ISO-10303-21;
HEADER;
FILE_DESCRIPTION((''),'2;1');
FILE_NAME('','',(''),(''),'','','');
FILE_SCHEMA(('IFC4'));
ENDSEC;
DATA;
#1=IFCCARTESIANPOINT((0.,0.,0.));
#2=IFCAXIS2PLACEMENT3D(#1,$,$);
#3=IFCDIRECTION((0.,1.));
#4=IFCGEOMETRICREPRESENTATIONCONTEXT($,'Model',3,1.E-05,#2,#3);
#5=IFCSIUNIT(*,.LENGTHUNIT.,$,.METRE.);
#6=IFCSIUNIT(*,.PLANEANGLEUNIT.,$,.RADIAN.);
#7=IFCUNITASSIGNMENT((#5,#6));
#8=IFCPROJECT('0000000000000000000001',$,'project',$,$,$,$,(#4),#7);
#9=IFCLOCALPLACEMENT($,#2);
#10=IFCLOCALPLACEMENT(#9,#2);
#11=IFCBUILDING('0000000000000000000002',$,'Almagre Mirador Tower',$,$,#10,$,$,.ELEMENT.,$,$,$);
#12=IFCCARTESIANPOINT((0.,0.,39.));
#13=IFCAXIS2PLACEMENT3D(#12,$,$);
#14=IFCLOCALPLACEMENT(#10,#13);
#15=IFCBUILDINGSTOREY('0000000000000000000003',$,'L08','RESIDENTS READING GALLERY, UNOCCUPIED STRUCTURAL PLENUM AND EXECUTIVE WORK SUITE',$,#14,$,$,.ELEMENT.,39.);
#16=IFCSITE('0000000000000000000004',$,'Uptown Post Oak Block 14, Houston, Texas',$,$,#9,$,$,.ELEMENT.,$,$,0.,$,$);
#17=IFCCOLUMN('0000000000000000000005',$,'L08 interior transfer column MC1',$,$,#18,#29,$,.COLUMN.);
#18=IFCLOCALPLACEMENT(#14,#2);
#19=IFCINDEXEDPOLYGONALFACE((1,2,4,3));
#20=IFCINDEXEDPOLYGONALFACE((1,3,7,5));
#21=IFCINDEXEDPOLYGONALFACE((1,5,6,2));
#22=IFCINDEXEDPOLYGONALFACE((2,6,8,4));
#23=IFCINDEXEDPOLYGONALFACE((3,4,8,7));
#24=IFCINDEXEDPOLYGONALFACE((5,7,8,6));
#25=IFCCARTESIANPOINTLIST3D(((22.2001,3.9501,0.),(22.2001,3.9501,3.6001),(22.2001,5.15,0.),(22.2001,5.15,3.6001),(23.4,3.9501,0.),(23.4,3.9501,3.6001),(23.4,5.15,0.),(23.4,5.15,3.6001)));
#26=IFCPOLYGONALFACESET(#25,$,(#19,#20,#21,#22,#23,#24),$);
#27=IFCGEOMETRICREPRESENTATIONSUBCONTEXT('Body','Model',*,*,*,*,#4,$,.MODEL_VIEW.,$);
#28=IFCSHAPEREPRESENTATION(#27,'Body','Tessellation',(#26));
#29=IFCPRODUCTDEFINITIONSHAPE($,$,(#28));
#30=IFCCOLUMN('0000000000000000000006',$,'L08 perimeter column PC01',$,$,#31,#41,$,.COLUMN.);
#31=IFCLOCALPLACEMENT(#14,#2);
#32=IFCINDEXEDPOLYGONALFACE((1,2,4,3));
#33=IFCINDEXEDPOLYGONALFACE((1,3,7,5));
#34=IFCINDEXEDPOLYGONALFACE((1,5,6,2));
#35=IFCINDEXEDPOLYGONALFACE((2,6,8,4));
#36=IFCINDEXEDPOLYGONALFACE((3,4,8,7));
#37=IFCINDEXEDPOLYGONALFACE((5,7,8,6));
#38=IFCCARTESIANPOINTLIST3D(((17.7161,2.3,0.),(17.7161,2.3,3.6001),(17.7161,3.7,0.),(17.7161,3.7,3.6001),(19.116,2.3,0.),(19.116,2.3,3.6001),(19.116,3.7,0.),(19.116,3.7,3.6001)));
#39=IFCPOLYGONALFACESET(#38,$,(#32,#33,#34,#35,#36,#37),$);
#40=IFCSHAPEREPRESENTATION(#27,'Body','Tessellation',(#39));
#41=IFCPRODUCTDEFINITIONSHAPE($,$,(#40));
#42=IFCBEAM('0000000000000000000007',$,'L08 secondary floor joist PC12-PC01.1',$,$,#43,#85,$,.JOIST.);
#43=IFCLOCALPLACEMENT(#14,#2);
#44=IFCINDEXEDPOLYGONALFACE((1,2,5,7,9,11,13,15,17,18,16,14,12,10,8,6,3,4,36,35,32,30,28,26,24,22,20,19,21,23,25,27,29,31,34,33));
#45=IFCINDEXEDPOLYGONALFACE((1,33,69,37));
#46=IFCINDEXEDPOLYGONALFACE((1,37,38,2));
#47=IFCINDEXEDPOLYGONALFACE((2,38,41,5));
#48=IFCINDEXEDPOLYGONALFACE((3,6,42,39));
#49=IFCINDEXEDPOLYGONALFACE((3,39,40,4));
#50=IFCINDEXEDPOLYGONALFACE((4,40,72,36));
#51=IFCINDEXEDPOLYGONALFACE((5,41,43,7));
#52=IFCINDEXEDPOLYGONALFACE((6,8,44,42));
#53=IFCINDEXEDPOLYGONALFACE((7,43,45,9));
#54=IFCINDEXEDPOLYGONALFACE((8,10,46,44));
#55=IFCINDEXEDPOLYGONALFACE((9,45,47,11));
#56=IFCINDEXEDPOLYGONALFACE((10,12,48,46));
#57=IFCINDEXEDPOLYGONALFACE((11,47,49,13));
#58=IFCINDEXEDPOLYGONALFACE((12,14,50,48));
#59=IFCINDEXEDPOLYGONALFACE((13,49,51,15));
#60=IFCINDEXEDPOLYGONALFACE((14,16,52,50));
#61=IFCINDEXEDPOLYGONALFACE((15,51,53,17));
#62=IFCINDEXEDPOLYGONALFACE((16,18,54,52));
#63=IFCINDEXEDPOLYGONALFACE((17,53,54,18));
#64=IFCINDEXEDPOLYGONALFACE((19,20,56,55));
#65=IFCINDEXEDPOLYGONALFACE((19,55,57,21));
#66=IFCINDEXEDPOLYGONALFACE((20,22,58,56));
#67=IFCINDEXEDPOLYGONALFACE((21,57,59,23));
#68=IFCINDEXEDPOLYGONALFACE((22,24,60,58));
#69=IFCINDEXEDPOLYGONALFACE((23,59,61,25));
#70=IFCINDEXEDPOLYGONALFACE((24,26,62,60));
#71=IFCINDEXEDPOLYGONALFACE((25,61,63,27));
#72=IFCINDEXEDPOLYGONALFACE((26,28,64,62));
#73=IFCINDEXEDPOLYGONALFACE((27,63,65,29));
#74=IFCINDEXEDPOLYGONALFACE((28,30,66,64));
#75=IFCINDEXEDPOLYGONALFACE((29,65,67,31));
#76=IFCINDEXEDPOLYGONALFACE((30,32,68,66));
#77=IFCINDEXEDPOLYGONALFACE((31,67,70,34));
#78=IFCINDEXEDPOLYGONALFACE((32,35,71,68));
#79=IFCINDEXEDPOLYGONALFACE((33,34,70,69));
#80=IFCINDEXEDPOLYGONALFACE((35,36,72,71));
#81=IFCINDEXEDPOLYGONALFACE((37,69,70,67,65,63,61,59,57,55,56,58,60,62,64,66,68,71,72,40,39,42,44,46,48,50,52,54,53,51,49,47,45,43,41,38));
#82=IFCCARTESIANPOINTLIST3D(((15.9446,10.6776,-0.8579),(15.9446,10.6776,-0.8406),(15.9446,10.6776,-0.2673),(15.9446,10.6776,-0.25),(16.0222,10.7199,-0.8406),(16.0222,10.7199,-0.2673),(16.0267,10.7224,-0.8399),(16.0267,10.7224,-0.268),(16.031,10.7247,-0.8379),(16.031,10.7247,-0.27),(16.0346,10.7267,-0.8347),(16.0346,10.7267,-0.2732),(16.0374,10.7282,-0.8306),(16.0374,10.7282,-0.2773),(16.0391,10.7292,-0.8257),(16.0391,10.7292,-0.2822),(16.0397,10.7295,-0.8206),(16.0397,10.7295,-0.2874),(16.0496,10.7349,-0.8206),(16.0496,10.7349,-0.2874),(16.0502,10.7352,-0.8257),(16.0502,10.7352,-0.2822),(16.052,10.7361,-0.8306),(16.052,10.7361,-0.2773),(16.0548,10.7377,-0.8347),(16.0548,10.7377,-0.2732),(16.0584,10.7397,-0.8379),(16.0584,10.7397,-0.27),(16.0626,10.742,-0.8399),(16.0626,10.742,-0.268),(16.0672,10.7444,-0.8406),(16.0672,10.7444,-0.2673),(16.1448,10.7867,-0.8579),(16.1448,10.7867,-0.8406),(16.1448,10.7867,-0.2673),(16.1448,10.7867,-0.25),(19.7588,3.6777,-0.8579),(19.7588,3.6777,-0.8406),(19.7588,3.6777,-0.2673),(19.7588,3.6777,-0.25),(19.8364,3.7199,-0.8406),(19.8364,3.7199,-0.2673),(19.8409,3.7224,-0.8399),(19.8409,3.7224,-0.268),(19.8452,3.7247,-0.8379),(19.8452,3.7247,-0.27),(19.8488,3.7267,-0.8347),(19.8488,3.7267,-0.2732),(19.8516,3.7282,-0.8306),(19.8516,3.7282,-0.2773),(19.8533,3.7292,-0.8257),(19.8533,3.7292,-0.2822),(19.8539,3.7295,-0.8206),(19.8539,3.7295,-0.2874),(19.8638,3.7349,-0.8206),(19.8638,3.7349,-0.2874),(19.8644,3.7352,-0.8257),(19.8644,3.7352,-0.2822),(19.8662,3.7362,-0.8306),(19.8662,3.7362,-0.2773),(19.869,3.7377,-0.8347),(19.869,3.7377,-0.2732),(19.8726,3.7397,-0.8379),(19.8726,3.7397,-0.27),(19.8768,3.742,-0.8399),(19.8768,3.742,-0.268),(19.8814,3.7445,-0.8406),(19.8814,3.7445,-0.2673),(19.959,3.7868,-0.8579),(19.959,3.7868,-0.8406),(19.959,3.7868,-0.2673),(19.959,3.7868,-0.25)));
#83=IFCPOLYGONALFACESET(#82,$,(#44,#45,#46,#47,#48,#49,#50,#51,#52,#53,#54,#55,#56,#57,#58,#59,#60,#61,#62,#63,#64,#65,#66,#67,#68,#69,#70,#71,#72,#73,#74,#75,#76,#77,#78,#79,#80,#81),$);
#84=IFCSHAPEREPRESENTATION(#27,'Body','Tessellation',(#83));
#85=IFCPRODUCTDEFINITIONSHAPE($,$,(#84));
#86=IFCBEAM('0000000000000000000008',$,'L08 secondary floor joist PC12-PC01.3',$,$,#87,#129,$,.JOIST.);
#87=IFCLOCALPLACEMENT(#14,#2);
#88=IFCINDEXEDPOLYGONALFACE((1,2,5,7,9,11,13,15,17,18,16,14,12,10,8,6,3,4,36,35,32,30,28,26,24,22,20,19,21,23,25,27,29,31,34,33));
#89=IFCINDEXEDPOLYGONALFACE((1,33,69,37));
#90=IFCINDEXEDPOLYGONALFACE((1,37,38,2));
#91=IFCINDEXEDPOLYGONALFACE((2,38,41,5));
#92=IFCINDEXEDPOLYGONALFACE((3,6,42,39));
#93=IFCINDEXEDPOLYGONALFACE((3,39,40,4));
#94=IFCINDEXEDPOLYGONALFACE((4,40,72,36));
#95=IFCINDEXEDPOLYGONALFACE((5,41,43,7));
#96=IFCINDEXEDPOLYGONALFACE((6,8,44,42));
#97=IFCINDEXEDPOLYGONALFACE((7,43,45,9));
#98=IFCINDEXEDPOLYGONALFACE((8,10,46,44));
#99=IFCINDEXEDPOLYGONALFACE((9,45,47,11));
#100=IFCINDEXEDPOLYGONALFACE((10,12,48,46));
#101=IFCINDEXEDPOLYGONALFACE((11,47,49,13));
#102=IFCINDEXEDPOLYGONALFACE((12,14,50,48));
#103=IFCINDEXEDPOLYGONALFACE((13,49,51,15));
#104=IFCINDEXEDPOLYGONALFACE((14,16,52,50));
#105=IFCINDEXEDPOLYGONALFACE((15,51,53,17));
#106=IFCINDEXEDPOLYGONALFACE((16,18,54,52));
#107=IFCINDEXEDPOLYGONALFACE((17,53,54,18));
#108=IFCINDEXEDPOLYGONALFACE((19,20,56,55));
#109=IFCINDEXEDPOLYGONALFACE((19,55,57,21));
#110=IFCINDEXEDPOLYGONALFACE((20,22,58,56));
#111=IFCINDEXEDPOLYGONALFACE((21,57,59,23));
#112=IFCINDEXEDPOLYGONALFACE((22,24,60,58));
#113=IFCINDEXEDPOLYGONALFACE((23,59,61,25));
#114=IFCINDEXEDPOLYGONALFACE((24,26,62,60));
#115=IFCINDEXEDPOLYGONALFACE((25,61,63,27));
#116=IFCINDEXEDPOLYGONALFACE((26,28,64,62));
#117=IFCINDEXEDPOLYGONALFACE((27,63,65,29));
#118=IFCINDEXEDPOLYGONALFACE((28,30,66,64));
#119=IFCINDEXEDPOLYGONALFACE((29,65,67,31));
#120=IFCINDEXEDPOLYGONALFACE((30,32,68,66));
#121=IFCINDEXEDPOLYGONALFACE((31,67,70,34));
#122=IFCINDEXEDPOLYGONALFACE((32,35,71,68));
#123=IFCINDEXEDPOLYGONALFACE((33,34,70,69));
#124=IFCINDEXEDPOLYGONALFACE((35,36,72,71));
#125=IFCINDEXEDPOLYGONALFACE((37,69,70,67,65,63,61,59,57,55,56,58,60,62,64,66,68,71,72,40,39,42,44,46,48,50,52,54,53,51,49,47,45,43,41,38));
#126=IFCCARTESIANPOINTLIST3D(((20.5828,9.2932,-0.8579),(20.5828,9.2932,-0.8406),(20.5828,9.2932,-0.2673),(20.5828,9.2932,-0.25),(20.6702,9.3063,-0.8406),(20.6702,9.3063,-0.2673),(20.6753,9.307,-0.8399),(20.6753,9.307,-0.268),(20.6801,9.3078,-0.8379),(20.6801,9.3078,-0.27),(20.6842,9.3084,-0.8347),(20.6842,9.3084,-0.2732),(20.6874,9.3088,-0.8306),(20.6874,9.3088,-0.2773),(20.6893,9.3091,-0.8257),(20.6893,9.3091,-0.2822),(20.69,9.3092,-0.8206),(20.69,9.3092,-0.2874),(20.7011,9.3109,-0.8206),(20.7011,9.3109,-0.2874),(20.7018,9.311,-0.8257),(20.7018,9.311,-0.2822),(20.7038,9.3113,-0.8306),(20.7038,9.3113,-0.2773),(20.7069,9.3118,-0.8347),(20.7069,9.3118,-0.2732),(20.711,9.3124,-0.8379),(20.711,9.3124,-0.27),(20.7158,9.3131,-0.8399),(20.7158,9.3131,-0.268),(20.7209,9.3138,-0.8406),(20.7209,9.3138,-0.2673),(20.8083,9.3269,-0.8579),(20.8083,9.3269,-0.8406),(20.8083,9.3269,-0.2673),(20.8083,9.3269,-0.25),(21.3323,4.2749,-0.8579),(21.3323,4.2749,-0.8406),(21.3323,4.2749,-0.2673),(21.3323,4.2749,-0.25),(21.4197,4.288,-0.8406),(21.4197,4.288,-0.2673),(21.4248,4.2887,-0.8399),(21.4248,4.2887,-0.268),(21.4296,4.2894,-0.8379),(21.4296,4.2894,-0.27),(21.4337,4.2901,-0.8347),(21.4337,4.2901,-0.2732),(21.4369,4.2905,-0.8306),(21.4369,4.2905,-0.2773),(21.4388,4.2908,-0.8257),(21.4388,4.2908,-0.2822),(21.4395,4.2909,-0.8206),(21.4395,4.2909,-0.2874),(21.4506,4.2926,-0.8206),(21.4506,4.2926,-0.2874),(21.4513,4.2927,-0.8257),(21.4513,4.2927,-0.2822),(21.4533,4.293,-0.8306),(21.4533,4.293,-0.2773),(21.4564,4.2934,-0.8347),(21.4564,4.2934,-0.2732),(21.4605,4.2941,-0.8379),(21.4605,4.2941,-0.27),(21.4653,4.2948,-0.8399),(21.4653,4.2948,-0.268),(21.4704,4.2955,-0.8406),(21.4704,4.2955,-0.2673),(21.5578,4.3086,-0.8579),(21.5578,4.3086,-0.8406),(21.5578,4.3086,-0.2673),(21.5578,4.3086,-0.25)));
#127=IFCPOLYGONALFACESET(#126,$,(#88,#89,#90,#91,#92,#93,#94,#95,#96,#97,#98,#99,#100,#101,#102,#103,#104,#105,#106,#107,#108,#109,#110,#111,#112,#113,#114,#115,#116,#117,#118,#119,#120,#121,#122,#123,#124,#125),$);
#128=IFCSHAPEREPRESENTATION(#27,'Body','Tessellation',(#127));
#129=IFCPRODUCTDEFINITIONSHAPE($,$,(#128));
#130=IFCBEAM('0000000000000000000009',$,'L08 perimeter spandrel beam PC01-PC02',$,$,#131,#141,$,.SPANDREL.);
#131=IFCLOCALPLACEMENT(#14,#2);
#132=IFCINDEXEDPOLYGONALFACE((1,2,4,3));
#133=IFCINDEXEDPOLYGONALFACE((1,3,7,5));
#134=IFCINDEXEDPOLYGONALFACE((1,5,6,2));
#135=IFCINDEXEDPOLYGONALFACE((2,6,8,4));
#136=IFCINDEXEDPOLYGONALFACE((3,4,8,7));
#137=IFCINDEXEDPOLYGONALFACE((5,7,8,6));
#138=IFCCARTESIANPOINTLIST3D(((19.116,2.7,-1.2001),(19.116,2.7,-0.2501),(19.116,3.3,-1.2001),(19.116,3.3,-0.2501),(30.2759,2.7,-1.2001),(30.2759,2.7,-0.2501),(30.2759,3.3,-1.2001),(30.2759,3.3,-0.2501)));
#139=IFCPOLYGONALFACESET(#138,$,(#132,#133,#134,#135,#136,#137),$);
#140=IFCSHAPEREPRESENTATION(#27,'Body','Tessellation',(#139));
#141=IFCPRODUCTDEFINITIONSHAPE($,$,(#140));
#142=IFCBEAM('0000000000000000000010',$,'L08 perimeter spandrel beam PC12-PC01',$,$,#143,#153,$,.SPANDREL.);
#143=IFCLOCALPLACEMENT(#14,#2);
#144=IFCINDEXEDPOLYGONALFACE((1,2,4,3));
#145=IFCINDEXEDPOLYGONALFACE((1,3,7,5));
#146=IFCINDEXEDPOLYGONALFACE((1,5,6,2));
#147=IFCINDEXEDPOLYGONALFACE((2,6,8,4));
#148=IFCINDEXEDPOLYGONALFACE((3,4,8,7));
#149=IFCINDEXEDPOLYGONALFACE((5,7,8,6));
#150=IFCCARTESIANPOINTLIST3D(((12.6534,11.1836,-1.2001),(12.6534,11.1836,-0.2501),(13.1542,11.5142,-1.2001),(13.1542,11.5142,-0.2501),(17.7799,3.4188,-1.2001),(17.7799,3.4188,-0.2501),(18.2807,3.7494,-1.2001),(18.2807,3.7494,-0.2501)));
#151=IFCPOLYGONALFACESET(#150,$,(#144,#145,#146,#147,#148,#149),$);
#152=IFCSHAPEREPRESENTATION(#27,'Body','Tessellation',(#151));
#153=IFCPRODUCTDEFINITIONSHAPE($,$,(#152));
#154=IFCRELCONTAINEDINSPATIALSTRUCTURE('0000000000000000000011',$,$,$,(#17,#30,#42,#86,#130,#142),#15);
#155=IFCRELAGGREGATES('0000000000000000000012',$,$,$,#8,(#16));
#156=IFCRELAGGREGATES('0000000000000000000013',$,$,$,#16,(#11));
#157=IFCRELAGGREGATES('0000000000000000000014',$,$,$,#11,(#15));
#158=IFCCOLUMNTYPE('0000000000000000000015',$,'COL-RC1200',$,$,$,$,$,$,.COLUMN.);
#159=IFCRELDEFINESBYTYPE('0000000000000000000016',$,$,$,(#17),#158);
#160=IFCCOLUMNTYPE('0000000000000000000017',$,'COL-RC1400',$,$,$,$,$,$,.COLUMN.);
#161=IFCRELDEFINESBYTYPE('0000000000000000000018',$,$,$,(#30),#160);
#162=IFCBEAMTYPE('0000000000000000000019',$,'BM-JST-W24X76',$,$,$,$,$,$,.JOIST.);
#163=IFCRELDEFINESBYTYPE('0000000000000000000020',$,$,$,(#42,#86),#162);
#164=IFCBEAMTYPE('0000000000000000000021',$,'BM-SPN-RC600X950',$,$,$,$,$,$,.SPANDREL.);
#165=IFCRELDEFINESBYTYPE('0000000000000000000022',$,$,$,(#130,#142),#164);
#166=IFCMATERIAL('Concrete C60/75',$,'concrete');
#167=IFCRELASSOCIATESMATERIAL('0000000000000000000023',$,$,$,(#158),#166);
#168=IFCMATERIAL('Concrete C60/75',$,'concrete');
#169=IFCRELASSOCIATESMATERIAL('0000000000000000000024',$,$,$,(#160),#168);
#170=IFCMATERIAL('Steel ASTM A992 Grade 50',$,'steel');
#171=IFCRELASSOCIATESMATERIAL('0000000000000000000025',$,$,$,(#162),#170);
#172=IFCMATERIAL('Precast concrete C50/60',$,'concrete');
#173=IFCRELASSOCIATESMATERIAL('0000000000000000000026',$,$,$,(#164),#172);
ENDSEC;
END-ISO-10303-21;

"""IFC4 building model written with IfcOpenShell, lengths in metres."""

from ifc_helpers import new_model, si_unit, direction, frame, origin, origin_2d, place, context, subcontext, project, spatial, rectangle, i_section, extrude, material, material_profile, profile_set, type_object, element, save


model = new_model("IFC4")

# Units and contexts
model_context = context("Model", 3, precision=1e-05, world=origin(), true_north=direction((0.0, 1.0)))
body_context = subcontext(model_context, "Body", "Model", "MODEL_VIEW")
ifc_project = project(units=[si_unit("LENGTHUNIT", "METRE"), si_unit("PLANEANGLEUNIT", "RADIAN")], contexts=[model_context])

# Site, building, storey
site_placement = place(None, origin())
site = spatial("IfcSite", under=ifc_project, at=site_placement, Name="Uptown Post Oak Block 14, Houston, Texas", CompositionType="ELEMENT", RefElevation=0.0)
building_placement = place(site_placement, origin())
building = spatial("IfcBuilding", under=site, at=building_placement, Name="Almagre Mirador Tower", CompositionType="ELEMENT")
storey_placement = place(building_placement, frame((0.0, 0.0, 39.0)))
storey = spatial("IfcBuildingStorey", under=building, at=storey_placement, Name="L08", Description="RESIDENTS READING GALLERY, UNOCCUPIED STRUCTURAL PLENUM AND EXECUTIVE WORK SUITE", CompositionType="ELEMENT", Elevation=39.0)

# Columns
ifc_material_1 = material(Name="Concrete C60/75", Category="concrete")
ifc_material_profile_1 = material_profile(ifc_material_1, rectangle(XDim=1.2, YDim=1.2, at=origin_2d()), Name="RC1200X1200")
ifc_profile_set_1 = profile_set([ifc_material_profile_1], Name="Concrete C60/75")
column_type_1 = type_object("IfcColumnType", Name="COL-RC1200", PredefinedType="COLUMN", material=ifc_profile_set_1)
column_1_placement = place(storey_placement, frame((22.8, 4.55, 0.0), z_axis=(0.0, 0.0, 1.0), x_axis=(1.0, 0.0, 0.0)))
element("IfcColumn", 1, at=column_1_placement, inside=storey, type_object=column_type_1, Name="L08 interior transfer column MC1", PredefinedType="COLUMN", context=body_context, shape_type="SweptSolid", body=[
    extrude(rectangle(XDim=1.2, YDim=1.2, at=origin_2d()), origin(), (0.0, 0.0, 1.0), 3.6001),
])
ifc_material_2 = material(Name="Concrete C60/75", Category="concrete")
ifc_material_profile_2 = material_profile(ifc_material_2, rectangle(XDim=1.3999, YDim=1.3999, at=origin_2d()), Name="RC1400X1400")
ifc_profile_set_2 = profile_set([ifc_material_profile_2], Name="Concrete C60/75")
column_type_2 = type_object("IfcColumnType", Name="COL-RC1400", PredefinedType="COLUMN", material=ifc_profile_set_2)
column_2_placement = place(storey_placement, frame((18.416, 3.0, 0.0), z_axis=(0.0, 0.0, 1.0), x_axis=(1.0, 0.0, 0.0)))
element("IfcColumn", 2, at=column_2_placement, inside=storey, type_object=column_type_2, Name="L08 perimeter column PC01", PredefinedType="COLUMN", context=body_context, shape_type="SweptSolid", body=[
    extrude(rectangle(XDim=1.3999, YDim=1.3999, at=origin_2d()), origin(), (0.0, 0.0, 1.0), 3.6001),
])

# Beams
ifc_material_3 = material(Name="Steel ASTM A992 Grade 50", Category="steel")
ifc_material_profile_3 = material_profile(ifc_material_3, i_section(OverallWidth=0.228, OverallDepth=0.6079, WebThickness=0.0112, FlangeThickness=0.0173, FilletRadius=0.02, at=origin_2d()), Name="W24X76")
ifc_profile_set_3 = profile_set([ifc_material_profile_3], Name="Steel ASTM A992 Grade 50")
beam_type_1 = type_object("IfcBeamType", Name="BM-JST-W24X76", PredefinedType="JOIST", material=ifc_profile_set_3)
beam_1_placement = place(storey_placement, frame((16.0447, 10.7322, -0.554), z_axis=(0.478468, -0.878105, 0.0), x_axis=(0.878105, 0.478468, 0.0)))
element("IfcBeam", 3, at=beam_1_placement, inside=storey, type_object=beam_type_1, Name="L08 secondary floor joist PC12-PC01.1", PredefinedType="JOIST", context=body_context, shape_type="SweptSolid", body=[
    extrude(i_section(OverallWidth=0.228, OverallDepth=0.6079, WebThickness=0.0112, FlangeThickness=0.0173, FilletRadius=0.02, at=origin_2d()), origin(), (0.0, 0.0, 1.0), 7.9717),
])
beam_2_placement = place(storey_placement, frame((20.6956, 9.3101, -0.554), z_axis=(0.147717, -0.98903, 0.0), x_axis=(0.98903, 0.147717, 0.0)))
element("IfcBeam", 4, at=beam_2_placement, inside=storey, type_object=beam_type_1, Name="L08 secondary floor joist PC12-PC01.3", PredefinedType="JOIST", context=body_context, shape_type="SweptSolid", body=[
    extrude(i_section(OverallWidth=0.228, OverallDepth=0.6079, WebThickness=0.0112, FlangeThickness=0.0173, FilletRadius=0.02, at=origin_2d()), origin(), (0.0, 0.0, 1.0), 5.074),
])
ifc_material_4 = material(Name="Precast concrete C50/60", Category="concrete")
ifc_material_profile_4 = material_profile(ifc_material_4, rectangle(XDim=0.6001, YDim=0.95, at=origin_2d()), Name="RC600X950")
ifc_profile_set_4 = profile_set([ifc_material_profile_4], Name="Precast concrete C50/60")
beam_type_2 = type_object("IfcBeamType", Name="BM-SPN-RC600X950", PredefinedType="SPANDREL", material=ifc_profile_set_4)
beam_3_placement = place(storey_placement, frame((19.116, 3.0, -0.7251), z_axis=(1.0, 0.0, 0.0), x_axis=(0.0, 1.0, 0.0)))
element("IfcBeam", 5, at=beam_3_placement, inside=storey, type_object=beam_type_2, Name="L08 perimeter spandrel beam PC01-PC02", PredefinedType="SPANDREL", context=body_context, shape_type="SweptSolid", body=[
    extrude(rectangle(XDim=0.6001, YDim=0.95, at=origin_2d()), origin(), (0.0, 0.0, 1.0), 11.1599),
])
beam_4_placement = place(storey_placement, frame((12.9038, 11.3489, -0.7251), z_axis=(0.550977, -0.834521, 0.0), x_axis=(0.834521, 0.550977, 0.0)))
element("IfcBeam", 6, at=beam_4_placement, inside=storey, type_object=beam_type_2, Name="L08 perimeter spandrel beam PC12-PC01", PredefinedType="SPANDREL", context=body_context, shape_type="SweptSolid", body=[
    extrude(rectangle(XDim=0.6001, YDim=0.95, at=origin_2d()), origin(), (0.0, 0.0, 1.0), 9.3044),
])

save(model, "model.ifc")
